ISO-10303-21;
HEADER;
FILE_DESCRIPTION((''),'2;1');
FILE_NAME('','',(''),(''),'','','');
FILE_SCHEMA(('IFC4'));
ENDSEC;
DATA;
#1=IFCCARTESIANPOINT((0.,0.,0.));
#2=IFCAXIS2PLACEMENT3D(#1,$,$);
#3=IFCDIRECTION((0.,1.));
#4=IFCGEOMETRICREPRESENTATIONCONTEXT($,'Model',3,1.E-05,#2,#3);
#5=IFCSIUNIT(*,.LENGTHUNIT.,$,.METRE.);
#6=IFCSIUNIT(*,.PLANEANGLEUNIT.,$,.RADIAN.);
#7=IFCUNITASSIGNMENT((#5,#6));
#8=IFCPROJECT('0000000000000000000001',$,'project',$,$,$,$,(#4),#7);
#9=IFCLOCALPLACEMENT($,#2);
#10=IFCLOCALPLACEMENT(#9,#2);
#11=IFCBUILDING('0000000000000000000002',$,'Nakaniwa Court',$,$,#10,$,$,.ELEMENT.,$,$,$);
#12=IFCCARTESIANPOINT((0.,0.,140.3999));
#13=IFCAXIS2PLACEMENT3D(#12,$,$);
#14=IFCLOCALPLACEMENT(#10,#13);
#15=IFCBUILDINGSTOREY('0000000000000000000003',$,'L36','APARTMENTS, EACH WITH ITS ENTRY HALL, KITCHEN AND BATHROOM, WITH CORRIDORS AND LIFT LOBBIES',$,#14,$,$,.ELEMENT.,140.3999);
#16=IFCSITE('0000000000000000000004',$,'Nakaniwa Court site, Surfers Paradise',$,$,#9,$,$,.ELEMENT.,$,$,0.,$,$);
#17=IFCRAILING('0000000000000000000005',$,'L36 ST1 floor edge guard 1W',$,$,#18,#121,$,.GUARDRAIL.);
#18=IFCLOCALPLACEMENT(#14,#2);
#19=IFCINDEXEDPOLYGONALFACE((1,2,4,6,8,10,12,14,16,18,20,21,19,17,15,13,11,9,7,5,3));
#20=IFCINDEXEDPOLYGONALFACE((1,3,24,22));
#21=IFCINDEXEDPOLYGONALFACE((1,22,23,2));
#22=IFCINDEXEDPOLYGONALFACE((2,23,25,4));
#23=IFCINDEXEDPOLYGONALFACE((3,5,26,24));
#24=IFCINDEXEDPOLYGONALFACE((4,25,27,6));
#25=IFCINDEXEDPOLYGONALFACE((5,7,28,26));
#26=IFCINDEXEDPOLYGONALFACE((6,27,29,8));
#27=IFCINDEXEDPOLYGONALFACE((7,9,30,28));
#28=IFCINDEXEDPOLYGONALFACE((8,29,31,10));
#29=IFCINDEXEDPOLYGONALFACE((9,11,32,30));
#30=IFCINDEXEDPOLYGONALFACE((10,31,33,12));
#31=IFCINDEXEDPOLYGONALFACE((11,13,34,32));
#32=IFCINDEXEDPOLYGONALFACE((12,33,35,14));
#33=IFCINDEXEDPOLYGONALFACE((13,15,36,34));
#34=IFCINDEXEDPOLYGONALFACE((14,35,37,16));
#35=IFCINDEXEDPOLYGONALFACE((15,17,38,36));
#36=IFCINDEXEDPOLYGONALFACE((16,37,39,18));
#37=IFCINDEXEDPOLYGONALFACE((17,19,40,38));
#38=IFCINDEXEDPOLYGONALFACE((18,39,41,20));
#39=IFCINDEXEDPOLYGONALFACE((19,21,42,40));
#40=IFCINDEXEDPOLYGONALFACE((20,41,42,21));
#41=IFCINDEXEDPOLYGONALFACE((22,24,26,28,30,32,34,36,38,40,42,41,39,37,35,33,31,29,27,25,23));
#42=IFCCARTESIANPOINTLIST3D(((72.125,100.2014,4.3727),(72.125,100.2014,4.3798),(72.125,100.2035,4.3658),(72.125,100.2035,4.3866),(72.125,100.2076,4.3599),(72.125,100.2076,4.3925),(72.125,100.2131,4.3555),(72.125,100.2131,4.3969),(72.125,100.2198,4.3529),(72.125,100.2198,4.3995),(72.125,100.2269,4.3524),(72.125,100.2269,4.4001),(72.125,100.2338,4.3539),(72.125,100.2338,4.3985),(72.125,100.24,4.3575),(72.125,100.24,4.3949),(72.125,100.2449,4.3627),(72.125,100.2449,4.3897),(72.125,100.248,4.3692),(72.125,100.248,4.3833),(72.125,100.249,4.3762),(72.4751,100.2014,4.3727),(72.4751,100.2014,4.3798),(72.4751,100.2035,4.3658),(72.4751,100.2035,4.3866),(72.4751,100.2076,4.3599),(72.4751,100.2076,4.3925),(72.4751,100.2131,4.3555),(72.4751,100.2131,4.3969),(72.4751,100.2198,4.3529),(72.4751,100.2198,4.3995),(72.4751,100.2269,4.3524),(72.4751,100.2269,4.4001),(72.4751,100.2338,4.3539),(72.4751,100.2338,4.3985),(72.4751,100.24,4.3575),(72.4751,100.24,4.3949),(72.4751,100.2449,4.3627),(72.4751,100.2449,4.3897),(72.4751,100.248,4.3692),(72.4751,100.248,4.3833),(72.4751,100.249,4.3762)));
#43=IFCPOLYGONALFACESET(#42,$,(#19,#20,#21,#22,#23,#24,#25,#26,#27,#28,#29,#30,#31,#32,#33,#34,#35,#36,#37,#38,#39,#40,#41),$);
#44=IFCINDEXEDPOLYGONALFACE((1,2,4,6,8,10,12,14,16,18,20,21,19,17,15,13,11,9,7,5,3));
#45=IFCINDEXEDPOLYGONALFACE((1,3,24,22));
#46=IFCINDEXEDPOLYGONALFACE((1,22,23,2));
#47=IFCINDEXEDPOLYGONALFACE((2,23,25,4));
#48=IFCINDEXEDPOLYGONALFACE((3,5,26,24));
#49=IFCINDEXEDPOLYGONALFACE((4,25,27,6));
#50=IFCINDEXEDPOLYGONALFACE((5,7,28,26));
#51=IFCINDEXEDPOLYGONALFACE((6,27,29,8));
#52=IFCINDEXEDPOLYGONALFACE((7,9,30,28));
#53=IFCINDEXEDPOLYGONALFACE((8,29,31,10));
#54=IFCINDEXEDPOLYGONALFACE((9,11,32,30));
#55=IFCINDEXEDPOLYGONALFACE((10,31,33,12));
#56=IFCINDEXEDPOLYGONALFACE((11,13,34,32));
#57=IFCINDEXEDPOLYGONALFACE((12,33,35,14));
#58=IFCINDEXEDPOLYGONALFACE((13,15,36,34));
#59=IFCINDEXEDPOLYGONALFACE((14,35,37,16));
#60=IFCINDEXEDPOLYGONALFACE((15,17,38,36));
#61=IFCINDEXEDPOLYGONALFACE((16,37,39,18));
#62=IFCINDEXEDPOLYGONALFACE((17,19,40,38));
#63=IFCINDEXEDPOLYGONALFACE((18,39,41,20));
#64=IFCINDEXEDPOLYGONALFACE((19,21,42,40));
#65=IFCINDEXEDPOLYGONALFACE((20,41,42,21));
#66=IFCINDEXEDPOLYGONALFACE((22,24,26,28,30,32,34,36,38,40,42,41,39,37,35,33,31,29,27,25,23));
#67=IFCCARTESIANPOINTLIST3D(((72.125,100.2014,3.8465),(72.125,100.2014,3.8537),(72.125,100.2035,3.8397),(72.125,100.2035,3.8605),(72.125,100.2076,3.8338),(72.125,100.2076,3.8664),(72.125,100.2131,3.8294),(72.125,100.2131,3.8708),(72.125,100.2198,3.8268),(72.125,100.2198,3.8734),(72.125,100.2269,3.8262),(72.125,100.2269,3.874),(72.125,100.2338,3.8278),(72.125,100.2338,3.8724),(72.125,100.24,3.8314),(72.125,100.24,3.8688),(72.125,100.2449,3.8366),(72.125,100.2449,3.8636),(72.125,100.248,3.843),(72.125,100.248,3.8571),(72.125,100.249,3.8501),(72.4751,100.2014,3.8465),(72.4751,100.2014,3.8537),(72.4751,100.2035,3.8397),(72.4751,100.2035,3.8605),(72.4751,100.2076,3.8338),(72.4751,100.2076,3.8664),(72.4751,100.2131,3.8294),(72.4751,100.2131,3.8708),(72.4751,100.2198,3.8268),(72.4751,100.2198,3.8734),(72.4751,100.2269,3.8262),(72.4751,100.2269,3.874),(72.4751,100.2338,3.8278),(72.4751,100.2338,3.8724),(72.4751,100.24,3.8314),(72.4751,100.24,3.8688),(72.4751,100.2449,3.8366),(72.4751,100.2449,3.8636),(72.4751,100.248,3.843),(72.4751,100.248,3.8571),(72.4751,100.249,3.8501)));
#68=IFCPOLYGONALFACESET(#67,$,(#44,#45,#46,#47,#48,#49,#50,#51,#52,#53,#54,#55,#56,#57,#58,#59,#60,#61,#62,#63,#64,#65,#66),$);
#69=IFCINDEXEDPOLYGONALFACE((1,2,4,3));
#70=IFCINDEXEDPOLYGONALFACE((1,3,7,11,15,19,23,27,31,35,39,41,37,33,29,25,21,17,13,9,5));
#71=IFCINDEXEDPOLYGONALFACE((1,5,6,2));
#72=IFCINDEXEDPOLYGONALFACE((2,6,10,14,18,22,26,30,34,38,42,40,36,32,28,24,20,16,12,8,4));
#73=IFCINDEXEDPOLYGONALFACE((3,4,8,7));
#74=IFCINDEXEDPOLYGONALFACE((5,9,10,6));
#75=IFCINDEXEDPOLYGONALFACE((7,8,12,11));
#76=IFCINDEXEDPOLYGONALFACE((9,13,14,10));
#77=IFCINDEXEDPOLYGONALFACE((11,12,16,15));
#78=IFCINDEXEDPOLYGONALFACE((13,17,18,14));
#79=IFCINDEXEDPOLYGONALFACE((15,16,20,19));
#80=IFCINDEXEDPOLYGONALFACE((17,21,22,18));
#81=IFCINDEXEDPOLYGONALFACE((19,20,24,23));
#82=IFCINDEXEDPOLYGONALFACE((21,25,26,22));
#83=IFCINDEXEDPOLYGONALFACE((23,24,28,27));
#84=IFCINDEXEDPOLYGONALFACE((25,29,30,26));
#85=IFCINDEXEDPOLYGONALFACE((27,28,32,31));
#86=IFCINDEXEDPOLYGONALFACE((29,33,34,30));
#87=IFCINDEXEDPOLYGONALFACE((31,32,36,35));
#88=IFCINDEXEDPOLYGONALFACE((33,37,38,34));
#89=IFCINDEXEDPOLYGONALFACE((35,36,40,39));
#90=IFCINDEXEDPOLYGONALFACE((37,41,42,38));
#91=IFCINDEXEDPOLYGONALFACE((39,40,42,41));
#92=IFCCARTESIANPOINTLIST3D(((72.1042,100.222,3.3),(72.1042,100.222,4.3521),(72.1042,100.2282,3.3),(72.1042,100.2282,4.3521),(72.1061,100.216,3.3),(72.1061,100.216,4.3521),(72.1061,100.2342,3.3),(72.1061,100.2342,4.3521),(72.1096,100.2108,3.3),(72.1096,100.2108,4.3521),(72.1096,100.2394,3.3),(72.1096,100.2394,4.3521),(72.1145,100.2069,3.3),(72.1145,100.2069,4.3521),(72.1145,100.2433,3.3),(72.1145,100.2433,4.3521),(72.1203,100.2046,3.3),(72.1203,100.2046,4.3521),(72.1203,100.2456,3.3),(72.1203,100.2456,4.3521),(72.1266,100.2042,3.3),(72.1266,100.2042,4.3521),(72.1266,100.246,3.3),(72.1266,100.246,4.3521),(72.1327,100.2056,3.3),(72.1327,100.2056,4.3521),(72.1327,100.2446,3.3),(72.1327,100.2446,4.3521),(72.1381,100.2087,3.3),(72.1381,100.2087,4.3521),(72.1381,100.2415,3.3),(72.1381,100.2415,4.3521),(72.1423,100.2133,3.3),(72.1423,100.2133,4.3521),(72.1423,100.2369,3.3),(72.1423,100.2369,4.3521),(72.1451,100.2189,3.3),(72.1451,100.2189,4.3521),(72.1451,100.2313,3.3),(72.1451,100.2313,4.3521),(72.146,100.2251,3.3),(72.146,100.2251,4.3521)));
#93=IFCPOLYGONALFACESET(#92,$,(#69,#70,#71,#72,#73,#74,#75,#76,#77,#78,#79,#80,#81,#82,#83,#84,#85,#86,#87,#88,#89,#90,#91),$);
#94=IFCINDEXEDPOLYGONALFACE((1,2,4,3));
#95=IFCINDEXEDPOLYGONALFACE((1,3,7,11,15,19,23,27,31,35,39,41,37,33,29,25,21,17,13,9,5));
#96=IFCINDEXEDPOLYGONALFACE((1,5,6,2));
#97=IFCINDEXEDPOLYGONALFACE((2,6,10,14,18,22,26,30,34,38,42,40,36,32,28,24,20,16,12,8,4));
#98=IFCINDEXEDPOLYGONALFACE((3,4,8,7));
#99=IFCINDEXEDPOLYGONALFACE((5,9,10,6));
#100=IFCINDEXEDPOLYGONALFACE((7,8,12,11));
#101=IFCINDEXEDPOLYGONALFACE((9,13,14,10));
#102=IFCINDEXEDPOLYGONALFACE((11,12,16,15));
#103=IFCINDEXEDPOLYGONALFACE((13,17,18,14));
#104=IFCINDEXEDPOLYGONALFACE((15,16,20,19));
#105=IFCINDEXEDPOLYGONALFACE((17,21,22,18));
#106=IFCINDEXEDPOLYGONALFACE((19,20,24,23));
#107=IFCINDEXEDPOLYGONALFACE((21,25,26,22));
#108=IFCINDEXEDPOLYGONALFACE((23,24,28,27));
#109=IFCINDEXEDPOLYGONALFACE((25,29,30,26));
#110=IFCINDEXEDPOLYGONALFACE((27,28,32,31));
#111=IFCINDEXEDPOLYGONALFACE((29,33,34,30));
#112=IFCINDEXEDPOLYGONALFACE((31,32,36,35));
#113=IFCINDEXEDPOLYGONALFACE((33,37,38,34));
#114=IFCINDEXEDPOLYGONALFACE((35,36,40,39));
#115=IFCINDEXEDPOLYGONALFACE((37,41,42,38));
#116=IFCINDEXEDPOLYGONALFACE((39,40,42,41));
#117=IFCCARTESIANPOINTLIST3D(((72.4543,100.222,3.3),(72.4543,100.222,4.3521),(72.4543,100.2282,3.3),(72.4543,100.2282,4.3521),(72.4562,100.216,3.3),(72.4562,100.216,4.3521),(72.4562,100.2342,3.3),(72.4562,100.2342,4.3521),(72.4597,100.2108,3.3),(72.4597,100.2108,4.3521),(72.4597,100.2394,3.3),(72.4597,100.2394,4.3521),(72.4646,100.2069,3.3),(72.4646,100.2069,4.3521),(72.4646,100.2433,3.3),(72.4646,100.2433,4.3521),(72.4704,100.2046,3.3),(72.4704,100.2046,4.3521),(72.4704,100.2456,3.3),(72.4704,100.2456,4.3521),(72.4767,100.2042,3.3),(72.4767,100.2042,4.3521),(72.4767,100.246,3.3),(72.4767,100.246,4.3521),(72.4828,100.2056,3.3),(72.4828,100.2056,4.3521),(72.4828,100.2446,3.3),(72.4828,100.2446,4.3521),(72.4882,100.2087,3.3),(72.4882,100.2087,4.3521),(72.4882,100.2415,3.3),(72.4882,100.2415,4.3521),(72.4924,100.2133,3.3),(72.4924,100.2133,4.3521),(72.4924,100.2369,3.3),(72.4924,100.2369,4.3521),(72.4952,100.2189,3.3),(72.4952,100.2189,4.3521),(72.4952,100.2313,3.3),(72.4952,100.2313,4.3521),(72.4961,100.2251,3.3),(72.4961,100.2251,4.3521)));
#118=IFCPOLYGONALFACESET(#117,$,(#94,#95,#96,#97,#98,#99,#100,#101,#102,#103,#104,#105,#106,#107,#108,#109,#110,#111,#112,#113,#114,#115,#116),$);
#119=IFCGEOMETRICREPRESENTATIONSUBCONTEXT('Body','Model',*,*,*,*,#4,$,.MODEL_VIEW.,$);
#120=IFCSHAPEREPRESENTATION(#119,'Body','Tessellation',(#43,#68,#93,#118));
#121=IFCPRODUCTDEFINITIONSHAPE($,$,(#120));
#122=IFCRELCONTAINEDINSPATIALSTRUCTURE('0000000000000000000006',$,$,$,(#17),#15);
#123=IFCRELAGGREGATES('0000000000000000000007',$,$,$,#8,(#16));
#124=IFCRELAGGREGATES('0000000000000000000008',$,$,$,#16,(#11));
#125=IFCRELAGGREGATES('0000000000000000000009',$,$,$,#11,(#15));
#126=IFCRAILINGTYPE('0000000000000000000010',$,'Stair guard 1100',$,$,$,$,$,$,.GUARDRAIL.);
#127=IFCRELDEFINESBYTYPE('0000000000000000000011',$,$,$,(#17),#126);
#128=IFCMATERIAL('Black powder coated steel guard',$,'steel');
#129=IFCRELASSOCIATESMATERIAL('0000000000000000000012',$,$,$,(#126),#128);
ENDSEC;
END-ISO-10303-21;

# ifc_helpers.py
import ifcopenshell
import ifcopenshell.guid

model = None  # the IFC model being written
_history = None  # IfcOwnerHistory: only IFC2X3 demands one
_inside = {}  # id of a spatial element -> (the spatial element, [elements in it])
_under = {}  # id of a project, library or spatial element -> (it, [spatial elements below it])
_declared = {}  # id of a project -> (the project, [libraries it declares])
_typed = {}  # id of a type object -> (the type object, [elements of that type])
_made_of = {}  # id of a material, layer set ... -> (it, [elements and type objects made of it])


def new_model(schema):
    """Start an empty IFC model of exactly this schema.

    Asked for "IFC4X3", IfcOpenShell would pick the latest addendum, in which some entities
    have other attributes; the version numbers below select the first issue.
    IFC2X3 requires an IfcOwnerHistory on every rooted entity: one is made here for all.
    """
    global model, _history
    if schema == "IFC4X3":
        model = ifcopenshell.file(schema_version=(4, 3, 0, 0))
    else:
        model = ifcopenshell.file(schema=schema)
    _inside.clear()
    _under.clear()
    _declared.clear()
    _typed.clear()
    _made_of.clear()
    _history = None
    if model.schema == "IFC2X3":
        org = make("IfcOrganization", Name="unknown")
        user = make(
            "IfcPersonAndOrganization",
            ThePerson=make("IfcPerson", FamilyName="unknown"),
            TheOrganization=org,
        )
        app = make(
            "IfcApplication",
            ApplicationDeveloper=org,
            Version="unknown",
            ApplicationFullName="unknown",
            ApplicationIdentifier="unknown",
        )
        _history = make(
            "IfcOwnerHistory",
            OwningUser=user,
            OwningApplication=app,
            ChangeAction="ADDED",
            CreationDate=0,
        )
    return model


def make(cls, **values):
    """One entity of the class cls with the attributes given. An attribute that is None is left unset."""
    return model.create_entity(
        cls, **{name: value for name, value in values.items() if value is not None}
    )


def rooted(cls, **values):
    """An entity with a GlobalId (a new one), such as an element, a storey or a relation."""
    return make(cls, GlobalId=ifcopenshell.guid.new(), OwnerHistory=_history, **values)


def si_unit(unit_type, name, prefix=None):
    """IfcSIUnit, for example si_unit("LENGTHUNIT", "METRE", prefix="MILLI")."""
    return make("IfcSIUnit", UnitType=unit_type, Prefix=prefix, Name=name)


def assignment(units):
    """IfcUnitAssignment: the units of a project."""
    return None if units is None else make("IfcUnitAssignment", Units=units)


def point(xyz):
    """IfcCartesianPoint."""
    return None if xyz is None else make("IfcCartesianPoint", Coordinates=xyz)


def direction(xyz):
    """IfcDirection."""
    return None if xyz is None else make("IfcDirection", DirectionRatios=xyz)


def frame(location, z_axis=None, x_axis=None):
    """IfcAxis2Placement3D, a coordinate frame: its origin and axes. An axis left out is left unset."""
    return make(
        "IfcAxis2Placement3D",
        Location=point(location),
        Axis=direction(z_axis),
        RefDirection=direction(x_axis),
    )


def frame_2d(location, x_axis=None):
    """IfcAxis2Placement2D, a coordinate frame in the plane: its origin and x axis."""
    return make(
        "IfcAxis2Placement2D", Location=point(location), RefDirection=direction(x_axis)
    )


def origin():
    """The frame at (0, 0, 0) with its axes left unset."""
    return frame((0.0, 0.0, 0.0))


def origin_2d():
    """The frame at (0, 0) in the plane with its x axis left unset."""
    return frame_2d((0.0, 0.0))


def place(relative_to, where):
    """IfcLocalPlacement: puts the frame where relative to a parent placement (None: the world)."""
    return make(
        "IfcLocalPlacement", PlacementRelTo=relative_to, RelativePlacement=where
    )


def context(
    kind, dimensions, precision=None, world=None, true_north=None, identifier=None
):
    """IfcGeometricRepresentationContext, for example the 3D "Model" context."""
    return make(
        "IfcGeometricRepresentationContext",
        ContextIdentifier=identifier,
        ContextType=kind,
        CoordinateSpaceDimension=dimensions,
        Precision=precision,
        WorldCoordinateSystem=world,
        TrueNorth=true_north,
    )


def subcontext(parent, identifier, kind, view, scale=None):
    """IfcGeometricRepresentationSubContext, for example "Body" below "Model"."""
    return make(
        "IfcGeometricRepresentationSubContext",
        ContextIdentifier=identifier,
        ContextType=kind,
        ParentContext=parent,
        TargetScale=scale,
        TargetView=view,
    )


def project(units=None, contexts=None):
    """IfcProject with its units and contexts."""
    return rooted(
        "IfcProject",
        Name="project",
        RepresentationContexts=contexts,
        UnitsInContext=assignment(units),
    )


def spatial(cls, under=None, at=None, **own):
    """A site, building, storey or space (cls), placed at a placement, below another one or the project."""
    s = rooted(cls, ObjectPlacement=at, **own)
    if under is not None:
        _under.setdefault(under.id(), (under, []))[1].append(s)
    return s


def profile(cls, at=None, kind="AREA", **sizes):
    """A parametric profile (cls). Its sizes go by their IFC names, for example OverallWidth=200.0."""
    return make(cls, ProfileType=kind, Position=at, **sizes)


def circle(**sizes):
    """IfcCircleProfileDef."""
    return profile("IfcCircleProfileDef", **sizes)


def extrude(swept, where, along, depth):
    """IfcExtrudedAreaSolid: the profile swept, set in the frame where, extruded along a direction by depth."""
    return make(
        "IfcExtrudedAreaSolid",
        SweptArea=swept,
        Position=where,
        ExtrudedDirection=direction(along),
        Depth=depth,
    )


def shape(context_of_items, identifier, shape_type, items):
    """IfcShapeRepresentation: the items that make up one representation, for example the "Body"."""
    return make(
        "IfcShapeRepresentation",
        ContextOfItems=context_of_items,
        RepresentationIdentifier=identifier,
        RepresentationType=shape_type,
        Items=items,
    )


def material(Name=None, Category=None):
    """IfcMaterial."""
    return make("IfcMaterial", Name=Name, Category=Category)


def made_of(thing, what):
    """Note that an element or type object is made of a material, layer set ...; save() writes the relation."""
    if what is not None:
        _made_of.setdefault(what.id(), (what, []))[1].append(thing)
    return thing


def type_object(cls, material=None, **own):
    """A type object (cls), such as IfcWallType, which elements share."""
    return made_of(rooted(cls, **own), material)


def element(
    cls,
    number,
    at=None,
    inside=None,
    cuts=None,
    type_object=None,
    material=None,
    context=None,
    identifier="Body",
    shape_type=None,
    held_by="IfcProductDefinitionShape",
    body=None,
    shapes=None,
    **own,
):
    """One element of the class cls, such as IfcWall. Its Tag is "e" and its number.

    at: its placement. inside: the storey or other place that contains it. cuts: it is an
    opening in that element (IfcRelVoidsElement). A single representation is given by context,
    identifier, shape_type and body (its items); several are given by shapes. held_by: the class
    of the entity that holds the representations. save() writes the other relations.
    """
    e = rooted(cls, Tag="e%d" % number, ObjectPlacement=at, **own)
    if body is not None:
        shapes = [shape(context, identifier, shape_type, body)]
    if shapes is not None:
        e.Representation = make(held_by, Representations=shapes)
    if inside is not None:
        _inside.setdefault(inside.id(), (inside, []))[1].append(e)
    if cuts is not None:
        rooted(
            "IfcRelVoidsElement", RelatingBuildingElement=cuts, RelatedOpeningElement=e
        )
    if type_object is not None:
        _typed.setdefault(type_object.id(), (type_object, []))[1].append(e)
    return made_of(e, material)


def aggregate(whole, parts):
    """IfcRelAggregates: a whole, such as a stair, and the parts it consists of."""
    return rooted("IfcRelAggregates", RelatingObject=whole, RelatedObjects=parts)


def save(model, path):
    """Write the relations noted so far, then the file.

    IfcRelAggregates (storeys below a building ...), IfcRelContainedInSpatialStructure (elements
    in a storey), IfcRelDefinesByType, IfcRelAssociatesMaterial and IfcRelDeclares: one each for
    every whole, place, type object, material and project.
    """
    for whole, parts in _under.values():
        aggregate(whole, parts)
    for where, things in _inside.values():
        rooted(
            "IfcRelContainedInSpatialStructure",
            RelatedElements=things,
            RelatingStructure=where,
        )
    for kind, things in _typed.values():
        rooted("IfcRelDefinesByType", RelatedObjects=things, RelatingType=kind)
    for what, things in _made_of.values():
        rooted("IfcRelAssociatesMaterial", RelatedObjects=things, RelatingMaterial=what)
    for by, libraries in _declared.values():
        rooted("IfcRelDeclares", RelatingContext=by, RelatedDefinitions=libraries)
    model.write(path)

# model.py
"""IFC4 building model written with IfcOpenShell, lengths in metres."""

from ifc_helpers import new_model, si_unit, direction, frame, origin, origin_2d, place, context, subcontext, project, spatial, circle, extrude, material, type_object, element, save


model = new_model("IFC4")

# Units and contexts
model_context = context("Model", 3, precision=1e-05, world=origin(), true_north=direction((0.0, 1.0)))
body_context = subcontext(model_context, "Body", "Model", "MODEL_VIEW")
ifc_project = project(units=[si_unit("LENGTHUNIT", "METRE"), si_unit("PLANEANGLEUNIT", "RADIAN")], contexts=[model_context])

# Site, building, storey
site_placement = place(None, origin())
site = spatial("IfcSite", under=ifc_project, at=site_placement, Name="Nakaniwa Court site, Surfers Paradise", CompositionType="ELEMENT", RefElevation=0.0)
building_placement = place(site_placement, origin())
building = spatial("IfcBuilding", under=site, at=building_placement, Name="Nakaniwa Court", CompositionType="ELEMENT")
storey_placement = place(building_placement, frame((0.0, 0.0, 140.3999)))
storey = spatial("IfcBuildingStorey", under=building, at=storey_placement, Name="L36", Description="APARTMENTS, EACH WITH ITS ENTRY HALL, KITCHEN AND BATHROOM, WITH CORRIDORS AND LIFT LOBBIES", CompositionType="ELEMENT", Elevation=140.3999)

# Railing
ifc_material_1 = material(Name="Black powder coated steel guard", Category="steel")
railing_type_1 = type_object("IfcRailingType", Name="Stair guard 1100", PredefinedType="GUARDRAIL", material=ifc_material_1)
for number, where, name in (
    (1, (72.125, 100.2251, 3.3), "L36 ST1 floor edge guard 1W"),
):
    element("IfcRailing", number, at=place(storey_placement, frame(where)), inside=storey, type_object=railing_type_1, Name=name, PredefinedType="GUARDRAIL", context=body_context, shape_type="SweptSolid", body=[
        extrude(circle(Radius=0.0239, at=origin_2d()), frame((0.0, 0.0, 1.0762), z_axis=(1.0, 0.0, 0.0), x_axis=(0.0, 1.0, 0.0)), (0.0, 0.0, 1.0), 0.3501),
        extrude(circle(Radius=0.0239, at=origin_2d()), frame((0.0, 0.0, 0.55), z_axis=(1.0, 0.0, 0.0), x_axis=(0.0, 1.0, 0.0)), (0.0, 0.0, 1.0), 0.3501),
        extrude(circle(Radius=0.021, at=origin_2d()), origin(), (0.0, 0.0, 1.0), 1.052),
        extrude(circle(Radius=0.021, at=origin_2d()), frame((0.3501, 0.0, 0.0)), (0.0, 0.0, 1.0), 1.052),
    ])

save(model, "model.ifc")
